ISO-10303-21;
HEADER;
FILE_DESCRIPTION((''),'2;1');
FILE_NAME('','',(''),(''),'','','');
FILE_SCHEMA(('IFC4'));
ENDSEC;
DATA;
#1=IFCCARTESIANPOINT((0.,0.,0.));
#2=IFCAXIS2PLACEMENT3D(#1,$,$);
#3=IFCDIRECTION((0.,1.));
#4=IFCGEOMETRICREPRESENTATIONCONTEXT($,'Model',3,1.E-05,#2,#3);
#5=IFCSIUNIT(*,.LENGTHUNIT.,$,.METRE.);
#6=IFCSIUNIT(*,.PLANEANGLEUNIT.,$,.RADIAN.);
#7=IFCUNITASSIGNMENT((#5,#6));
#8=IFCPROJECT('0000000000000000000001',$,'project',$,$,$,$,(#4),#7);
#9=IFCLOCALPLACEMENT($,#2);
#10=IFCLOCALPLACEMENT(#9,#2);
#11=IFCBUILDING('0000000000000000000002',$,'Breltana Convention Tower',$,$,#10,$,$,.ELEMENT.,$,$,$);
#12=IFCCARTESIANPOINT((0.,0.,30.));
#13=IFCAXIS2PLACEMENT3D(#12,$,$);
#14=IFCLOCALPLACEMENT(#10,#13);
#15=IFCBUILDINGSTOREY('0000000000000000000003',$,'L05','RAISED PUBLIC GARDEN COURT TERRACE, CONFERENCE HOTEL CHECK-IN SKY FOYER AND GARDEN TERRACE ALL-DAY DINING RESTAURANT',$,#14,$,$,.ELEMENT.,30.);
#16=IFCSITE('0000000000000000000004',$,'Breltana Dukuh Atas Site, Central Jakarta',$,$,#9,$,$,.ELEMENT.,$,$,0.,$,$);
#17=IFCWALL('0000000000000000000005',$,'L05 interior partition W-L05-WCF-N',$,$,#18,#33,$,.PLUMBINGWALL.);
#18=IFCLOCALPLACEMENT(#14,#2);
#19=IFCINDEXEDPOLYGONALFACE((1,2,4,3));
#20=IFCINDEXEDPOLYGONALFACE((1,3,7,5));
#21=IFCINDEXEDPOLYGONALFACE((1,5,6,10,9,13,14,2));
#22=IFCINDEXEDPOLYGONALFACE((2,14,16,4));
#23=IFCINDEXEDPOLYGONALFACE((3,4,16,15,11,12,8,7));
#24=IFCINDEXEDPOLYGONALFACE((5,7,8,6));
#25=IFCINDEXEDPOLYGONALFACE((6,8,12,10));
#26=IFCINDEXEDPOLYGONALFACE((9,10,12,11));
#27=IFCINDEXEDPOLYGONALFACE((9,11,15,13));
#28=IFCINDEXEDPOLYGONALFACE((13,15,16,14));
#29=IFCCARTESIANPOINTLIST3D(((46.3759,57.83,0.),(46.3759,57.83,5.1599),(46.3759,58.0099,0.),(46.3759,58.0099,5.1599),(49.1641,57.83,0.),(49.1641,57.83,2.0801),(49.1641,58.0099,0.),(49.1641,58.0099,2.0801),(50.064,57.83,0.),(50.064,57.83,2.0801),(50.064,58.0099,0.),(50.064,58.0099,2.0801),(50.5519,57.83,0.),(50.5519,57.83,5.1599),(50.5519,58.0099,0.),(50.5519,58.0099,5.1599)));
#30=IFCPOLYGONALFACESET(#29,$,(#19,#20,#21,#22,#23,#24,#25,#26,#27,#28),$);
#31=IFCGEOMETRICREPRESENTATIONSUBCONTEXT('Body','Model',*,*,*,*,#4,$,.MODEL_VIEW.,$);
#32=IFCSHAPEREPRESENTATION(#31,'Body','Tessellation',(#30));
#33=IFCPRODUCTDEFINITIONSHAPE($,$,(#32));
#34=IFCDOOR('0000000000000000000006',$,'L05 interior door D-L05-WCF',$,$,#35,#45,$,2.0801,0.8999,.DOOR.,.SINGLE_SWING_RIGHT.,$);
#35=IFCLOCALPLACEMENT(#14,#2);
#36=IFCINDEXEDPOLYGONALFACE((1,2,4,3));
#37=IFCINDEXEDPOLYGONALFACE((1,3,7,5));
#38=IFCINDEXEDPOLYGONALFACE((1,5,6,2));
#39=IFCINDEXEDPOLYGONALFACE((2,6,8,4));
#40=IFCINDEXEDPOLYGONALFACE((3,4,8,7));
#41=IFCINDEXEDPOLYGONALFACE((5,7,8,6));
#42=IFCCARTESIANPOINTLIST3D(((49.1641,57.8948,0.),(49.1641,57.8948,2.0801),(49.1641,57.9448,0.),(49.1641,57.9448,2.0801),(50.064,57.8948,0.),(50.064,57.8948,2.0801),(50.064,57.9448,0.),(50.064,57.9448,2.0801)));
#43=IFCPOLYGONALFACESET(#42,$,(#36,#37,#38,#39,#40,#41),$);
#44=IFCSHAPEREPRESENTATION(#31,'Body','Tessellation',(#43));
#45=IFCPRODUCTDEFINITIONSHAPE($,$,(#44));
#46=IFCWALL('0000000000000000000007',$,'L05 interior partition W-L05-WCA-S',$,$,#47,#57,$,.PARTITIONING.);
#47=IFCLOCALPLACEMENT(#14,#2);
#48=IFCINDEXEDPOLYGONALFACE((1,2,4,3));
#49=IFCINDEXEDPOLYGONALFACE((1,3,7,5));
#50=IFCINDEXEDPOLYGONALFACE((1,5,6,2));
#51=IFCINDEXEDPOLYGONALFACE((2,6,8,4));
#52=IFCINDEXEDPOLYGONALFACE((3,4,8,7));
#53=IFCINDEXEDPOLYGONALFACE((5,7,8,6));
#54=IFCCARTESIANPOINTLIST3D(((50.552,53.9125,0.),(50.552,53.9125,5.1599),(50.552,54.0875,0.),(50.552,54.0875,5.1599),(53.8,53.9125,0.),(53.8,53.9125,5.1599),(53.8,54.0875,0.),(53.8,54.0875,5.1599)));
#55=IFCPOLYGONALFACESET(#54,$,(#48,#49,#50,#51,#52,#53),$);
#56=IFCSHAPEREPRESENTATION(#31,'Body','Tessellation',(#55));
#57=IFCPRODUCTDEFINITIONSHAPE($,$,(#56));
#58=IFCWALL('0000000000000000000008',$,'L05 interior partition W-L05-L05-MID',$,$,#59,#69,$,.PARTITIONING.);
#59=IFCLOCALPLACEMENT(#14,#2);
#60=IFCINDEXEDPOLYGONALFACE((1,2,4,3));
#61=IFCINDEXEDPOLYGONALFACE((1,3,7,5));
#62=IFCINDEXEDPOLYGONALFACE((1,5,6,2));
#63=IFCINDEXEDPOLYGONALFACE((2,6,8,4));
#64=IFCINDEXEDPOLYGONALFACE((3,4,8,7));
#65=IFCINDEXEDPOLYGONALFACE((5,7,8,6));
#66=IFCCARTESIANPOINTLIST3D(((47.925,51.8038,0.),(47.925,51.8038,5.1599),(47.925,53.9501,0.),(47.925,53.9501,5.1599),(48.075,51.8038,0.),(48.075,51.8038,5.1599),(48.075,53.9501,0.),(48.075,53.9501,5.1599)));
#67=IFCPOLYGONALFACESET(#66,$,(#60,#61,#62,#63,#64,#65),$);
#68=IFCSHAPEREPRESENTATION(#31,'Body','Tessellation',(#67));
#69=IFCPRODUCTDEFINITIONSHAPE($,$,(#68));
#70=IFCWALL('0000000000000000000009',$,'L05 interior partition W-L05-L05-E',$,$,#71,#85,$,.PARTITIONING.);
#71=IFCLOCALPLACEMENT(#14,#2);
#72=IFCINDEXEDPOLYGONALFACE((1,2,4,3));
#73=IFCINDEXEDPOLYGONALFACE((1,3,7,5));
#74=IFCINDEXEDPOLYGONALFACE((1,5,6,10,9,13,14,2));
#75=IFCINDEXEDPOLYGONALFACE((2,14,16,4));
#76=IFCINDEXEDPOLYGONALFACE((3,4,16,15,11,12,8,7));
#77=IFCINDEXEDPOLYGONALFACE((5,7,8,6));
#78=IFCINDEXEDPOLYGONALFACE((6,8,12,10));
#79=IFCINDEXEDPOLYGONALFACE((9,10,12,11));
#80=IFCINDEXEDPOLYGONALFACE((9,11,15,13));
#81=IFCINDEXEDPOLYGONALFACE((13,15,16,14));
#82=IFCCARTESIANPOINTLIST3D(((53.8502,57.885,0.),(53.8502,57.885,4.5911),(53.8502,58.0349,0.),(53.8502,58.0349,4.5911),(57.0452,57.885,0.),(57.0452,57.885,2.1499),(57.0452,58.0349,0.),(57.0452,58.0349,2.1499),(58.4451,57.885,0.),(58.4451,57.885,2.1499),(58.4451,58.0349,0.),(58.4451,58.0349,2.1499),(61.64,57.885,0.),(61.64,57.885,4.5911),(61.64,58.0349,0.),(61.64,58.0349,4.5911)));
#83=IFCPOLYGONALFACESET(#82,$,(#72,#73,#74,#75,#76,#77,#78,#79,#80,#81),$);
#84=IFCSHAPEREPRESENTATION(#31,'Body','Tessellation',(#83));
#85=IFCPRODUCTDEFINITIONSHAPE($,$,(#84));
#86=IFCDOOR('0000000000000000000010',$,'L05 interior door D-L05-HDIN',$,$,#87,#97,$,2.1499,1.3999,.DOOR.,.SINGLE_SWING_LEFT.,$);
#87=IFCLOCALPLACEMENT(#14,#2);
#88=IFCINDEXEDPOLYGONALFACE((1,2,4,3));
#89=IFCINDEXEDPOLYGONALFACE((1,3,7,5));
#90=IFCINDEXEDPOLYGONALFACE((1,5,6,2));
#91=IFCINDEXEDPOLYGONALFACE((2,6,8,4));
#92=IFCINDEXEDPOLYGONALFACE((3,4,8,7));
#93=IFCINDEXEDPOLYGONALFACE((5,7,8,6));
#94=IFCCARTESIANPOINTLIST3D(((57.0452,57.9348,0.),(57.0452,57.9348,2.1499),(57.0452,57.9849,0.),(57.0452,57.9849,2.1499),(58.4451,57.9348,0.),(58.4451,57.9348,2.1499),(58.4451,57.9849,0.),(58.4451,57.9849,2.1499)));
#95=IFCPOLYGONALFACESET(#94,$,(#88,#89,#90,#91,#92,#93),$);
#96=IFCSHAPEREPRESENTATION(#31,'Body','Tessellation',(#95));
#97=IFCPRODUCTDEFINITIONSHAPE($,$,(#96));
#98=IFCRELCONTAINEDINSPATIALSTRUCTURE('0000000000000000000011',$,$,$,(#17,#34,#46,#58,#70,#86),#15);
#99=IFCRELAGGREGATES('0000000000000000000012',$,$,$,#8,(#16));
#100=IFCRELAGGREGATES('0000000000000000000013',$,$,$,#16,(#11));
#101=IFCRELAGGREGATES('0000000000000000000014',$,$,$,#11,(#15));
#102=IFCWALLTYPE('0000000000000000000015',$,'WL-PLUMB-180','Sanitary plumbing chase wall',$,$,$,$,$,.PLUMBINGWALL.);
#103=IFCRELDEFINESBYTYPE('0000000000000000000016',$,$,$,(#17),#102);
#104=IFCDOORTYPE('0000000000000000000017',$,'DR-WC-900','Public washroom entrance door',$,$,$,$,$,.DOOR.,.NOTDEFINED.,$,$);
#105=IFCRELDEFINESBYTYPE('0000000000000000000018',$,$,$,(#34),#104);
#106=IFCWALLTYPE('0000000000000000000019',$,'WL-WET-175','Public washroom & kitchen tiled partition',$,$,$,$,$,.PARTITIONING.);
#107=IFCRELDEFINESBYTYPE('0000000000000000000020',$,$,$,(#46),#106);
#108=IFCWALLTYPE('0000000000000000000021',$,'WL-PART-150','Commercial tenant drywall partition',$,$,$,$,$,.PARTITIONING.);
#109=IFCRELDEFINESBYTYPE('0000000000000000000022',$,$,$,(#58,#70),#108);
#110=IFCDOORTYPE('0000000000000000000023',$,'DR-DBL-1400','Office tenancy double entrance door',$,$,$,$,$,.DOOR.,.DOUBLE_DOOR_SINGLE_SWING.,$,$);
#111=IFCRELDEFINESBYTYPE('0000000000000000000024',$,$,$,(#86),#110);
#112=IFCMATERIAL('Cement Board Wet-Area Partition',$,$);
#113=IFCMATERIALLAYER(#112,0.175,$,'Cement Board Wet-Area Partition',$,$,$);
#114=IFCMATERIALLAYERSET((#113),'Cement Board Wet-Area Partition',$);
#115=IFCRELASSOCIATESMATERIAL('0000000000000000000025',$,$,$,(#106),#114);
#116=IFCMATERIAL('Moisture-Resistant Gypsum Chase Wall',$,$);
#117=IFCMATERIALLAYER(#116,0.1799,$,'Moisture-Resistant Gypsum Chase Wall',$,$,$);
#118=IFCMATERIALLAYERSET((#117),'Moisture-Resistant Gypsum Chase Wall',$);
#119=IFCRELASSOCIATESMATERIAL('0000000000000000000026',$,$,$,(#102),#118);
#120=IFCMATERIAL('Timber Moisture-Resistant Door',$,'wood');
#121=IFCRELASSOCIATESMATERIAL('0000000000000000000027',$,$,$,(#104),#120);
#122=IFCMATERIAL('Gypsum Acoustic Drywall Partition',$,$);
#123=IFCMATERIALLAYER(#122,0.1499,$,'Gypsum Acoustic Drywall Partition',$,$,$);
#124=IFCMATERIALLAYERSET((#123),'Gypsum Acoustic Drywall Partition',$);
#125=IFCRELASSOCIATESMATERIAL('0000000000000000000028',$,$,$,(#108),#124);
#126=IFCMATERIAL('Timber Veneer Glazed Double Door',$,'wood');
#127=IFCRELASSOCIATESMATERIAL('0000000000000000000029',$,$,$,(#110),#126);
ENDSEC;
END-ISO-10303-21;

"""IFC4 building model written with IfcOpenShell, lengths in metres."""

from ifc_helpers import new_model, si_unit, direction, frame, frame_2d, origin, place, context, subcontext, project, spatial, rectangle, extrude, source, transform, mapped, material, layer, layer_set, type_object, type_shapes, element, fill, save


model = new_model("IFC4")

# Units and contexts
model_context = context("Model", 3, precision=1e-05, world=origin(), true_north=direction((0.0, 1.0)))
body_context = subcontext(model_context, "Body", "Model", "MODEL_VIEW")
ifc_project = project(units=[si_unit("LENGTHUNIT", "METRE"), si_unit("PLANEANGLEUNIT", "RADIAN")], contexts=[model_context])

# Site, building, storey
site_placement = place(None, origin())
site = spatial("IfcSite", under=ifc_project, at=site_placement, Name="Breltana Dukuh Atas Site, Central Jakarta", CompositionType="ELEMENT", RefElevation=0.0)
building_placement = place(site_placement, origin())
building = spatial("IfcBuilding", under=site, at=building_placement, Name="Breltana Convention Tower", CompositionType="ELEMENT")
storey_placement = place(building_placement, frame((0.0, 0.0, 30.0)))
storey = spatial("IfcBuildingStorey", under=building, at=storey_placement, Name="L05", Description="RAISED PUBLIC GARDEN COURT TERRACE, CONFERENCE HOTEL CHECK-IN SKY FOYER AND GARDEN TERRACE ALL-DAY DINING RESTAURANT", CompositionType="ELEMENT", Elevation=30.0)

# Shared definitions
ifc_material_1 = material(Name="Cement Board Wet-Area Partition")
ifc_layer_1 = layer(ifc_material_1, 0.175, Name="Cement Board Wet-Area Partition")
ifc_layer_set_1 = layer_set([ifc_layer_1], Name="Cement Board Wet-Area Partition")
wall_type_1 = type_object("IfcWallType", Name="WL-WET-175", Description="Public washroom & kitchen tiled partition", PredefinedType="PARTITIONING", material=ifc_layer_set_1)

# Wall, opening, door
ifc_material_2 = material(Name="Moisture-Resistant Gypsum Chase Wall")
ifc_layer_2 = layer(ifc_material_2, 0.1799, Name="Moisture-Resistant Gypsum Chase Wall")
ifc_layer_set_2 = layer_set([ifc_layer_2], Name="Moisture-Resistant Gypsum Chase Wall")
wall_type_2 = type_object("IfcWallType", Name="WL-PLUMB-180", Description="Sanitary plumbing chase wall", PredefinedType="PLUMBINGWALL", material=ifc_layer_set_2)
shared_shape_1 = source(origin(), body_context, "Body", "SweptSolid", [
    extrude(rectangle(XDim=4.176, YDim=0.1799, at=frame_2d((2.0879, 0.0))), origin(), (0.0, 0.0, 1.0), 5.1599),
])
wall_1_placement = place(storey_placement, frame((46.376, 57.9199, 0.0), z_axis=(0.0, 0.0, 1.0), x_axis=(1.0, 0.0, 0.0)))
wall_1 = element("IfcWall", 1, at=wall_1_placement, inside=storey, type_object=wall_type_2, Name="L05 interior partition W-L05-WCF-N", PredefinedType="PLUMBINGWALL", context=body_context, shape_type="MappedRepresentation", body=[
    mapped(shared_shape_1, transform((0.0, 0.0, 0.0), scale=1.0)),
])
opening_1_placement = place(wall_1_placement, frame((2.7881, 0.0, 0.0)))
opening_1 = element("IfcOpeningElement", 2, at=opening_1_placement, cuts=wall_1, PredefinedType="OPENING", context=body_context, shape_type="SweptSolid", body=[
    extrude(rectangle(XDim=0.8999, YDim=2.0801, at=frame_2d((0.45, 1.04))), frame((0.0, 0.1001, 0.0), z_axis=(0.0, -1.0, 0.0), x_axis=(1.0, 0.0, 0.0)), (0.0, 0.0, 1.0), 0.2),
])
ifc_material_3 = material(Name="Timber Moisture-Resistant Door", Category="wood")
door_type_1 = type_object("IfcDoorType", Name="DR-WC-900", Description="Public washroom entrance door", OperationType="NOTDEFINED", PredefinedType="DOOR", material=ifc_material_3)
shared_shape_2 = source(origin(), body_context, "Body", "SweptSolid", [
    extrude(rectangle(XDim=0.8999, YDim=2.0801, at=frame_2d((0.45, 1.04))), frame((0.0, 0.0249, 0.0), z_axis=(0.0, -1.0, 0.0), x_axis=(1.0, 0.0, 0.0)), (0.0, 0.0, 1.0), 0.05),
])
type_shapes(door_type_1, [shared_shape_2])
door_1_placement = place(opening_1_placement, origin())
door_1 = element("IfcDoor", 3, at=door_1_placement, inside=storey, type_object=door_type_1, Name="L05 interior door D-L05-WCF", OperationType="SINGLE_SWING_RIGHT", OverallHeight=2.0801, OverallWidth=0.8999, PredefinedType="DOOR", context=body_context, shape_type="MappedRepresentation", body=[
    mapped(shared_shape_2, transform((0.0, 0.0, 0.0), scale=1.0)),
])
fill(opening_1, door_1)

# Wall
shared_shape_3 = source(origin(), body_context, "Body", "SweptSolid", [
    extrude(rectangle(XDim=3.248, YDim=0.175, at=frame_2d((1.624, 0.0))), origin(), (0.0, 0.0, 1.0), 5.1599),
])
wall_2_placement = place(storey_placement, frame((50.552, 54.0, 0.0), z_axis=(0.0, 0.0, 1.0), x_axis=(1.0, 0.0, 0.0)))
element("IfcWall", 4, at=wall_2_placement, inside=storey, type_object=wall_type_1, Name="L05 interior partition W-L05-WCA-S", PredefinedType="PARTITIONING", context=body_context, shape_type="MappedRepresentation", body=[
    mapped(shared_shape_3, transform((0.0, 0.0, 0.0), scale=1.0)),
])

# Wall
ifc_material_4 = material(Name="Gypsum Acoustic Drywall Partition")
ifc_layer_3 = layer(ifc_material_4, 0.1499, Name="Gypsum Acoustic Drywall Partition")
ifc_layer_set_3 = layer_set([ifc_layer_3], Name="Gypsum Acoustic Drywall Partition")
wall_type_3 = type_object("IfcWallType", Name="WL-PART-150", Description="Commercial tenant drywall partition", PredefinedType="PARTITIONING", material=ifc_layer_set_3)
shared_shape_4 = source(origin(), body_context, "Body", "SweptSolid", [
    extrude(rectangle(XDim=2.1462, YDim=0.1499, at=frame_2d((1.0732, 0.0))), origin(), (0.0, 0.0, 1.0), 5.1599),
])
wall_3_placement = place(storey_placement, frame((48.0, 51.8037, 0.0), z_axis=(0.0, 0.0, 1.0), x_axis=(0.0, 1.0, 0.0)))
element("IfcWall", 5, at=wall_3_placement, inside=storey, type_object=wall_type_3, Name="L05 interior partition W-L05-L05-MID", PredefinedType="PARTITIONING", context=body_context, shape_type="MappedRepresentation", body=[
    mapped(shared_shape_4, transform((0.0, 0.0, 0.0), scale=1.0)),
])

# Wall, opening, door
shared_shape_5 = source(origin(), body_context, "Body", "SweptSolid", [
    extrude(rectangle(XDim=7.7898, YDim=0.1499, at=frame_2d((3.895, 0.0))), origin(), (0.0, 0.0, 1.0), 4.5911),
])
wall_4_placement = place(storey_placement, frame((53.8501, 57.96, 0.0), z_axis=(0.0, 0.0, 1.0), x_axis=(1.0, 0.0, 0.0)))
wall_4 = element("IfcWall", 6, at=wall_4_placement, inside=storey, type_object=wall_type_3, Name="L05 interior partition W-L05-L05-E", PredefinedType="PARTITIONING", context=body_context, shape_type="MappedRepresentation", body=[
    mapped(shared_shape_5, transform((0.0, 0.0, 0.0), scale=1.0)),
])
opening_2_placement = place(wall_4_placement, frame((3.1951, 0.0, 0.0)))
opening_2 = element("IfcOpeningElement", 7, at=opening_2_placement, cuts=wall_4, PredefinedType="OPENING", context=body_context, shape_type="SweptSolid", body=[
    extrude(rectangle(XDim=1.3999, YDim=2.1499, at=frame_2d((0.7, 1.075))), frame((0.0, 0.085, 0.0), z_axis=(0.0, -1.0, 0.0), x_axis=(1.0, 0.0, 0.0)), (0.0, 0.0, 1.0), 0.1699),
])
ifc_material_5 = material(Name="Timber Veneer Glazed Double Door", Category="wood")
door_type_2 = type_object("IfcDoorType", Name="DR-DBL-1400", Description="Office tenancy double entrance door", OperationType="DOUBLE_DOOR_SINGLE_SWING", PredefinedType="DOOR", material=ifc_material_5)
shared_shape_6 = source(origin(), body_context, "Body", "SweptSolid", [
    extrude(rectangle(XDim=1.3999, YDim=2.1499, at=frame_2d((0.7, 1.075))), frame((0.0, 0.0249, 0.0), z_axis=(0.0, -1.0, 0.0), x_axis=(1.0, 0.0, 0.0)), (0.0, 0.0, 1.0), 0.05),
])
type_shapes(door_type_2, [shared_shape_6])
door_2_placement = place(opening_2_placement, origin())
door_2 = element("IfcDoor", 8, at=door_2_placement, inside=storey, type_object=door_type_2, Name="L05 interior door D-L05-HDIN", OperationType="SINGLE_SWING_LEFT", OverallHeight=2.1499, OverallWidth=1.3999, PredefinedType="DOOR", context=body_context, shape_type="MappedRepresentation", body=[
    mapped(shared_shape_6, transform((0.0, 0.0, 0.0), scale=1.0)),
])
fill(opening_2, door_2)

save(model, "model.ifc")
